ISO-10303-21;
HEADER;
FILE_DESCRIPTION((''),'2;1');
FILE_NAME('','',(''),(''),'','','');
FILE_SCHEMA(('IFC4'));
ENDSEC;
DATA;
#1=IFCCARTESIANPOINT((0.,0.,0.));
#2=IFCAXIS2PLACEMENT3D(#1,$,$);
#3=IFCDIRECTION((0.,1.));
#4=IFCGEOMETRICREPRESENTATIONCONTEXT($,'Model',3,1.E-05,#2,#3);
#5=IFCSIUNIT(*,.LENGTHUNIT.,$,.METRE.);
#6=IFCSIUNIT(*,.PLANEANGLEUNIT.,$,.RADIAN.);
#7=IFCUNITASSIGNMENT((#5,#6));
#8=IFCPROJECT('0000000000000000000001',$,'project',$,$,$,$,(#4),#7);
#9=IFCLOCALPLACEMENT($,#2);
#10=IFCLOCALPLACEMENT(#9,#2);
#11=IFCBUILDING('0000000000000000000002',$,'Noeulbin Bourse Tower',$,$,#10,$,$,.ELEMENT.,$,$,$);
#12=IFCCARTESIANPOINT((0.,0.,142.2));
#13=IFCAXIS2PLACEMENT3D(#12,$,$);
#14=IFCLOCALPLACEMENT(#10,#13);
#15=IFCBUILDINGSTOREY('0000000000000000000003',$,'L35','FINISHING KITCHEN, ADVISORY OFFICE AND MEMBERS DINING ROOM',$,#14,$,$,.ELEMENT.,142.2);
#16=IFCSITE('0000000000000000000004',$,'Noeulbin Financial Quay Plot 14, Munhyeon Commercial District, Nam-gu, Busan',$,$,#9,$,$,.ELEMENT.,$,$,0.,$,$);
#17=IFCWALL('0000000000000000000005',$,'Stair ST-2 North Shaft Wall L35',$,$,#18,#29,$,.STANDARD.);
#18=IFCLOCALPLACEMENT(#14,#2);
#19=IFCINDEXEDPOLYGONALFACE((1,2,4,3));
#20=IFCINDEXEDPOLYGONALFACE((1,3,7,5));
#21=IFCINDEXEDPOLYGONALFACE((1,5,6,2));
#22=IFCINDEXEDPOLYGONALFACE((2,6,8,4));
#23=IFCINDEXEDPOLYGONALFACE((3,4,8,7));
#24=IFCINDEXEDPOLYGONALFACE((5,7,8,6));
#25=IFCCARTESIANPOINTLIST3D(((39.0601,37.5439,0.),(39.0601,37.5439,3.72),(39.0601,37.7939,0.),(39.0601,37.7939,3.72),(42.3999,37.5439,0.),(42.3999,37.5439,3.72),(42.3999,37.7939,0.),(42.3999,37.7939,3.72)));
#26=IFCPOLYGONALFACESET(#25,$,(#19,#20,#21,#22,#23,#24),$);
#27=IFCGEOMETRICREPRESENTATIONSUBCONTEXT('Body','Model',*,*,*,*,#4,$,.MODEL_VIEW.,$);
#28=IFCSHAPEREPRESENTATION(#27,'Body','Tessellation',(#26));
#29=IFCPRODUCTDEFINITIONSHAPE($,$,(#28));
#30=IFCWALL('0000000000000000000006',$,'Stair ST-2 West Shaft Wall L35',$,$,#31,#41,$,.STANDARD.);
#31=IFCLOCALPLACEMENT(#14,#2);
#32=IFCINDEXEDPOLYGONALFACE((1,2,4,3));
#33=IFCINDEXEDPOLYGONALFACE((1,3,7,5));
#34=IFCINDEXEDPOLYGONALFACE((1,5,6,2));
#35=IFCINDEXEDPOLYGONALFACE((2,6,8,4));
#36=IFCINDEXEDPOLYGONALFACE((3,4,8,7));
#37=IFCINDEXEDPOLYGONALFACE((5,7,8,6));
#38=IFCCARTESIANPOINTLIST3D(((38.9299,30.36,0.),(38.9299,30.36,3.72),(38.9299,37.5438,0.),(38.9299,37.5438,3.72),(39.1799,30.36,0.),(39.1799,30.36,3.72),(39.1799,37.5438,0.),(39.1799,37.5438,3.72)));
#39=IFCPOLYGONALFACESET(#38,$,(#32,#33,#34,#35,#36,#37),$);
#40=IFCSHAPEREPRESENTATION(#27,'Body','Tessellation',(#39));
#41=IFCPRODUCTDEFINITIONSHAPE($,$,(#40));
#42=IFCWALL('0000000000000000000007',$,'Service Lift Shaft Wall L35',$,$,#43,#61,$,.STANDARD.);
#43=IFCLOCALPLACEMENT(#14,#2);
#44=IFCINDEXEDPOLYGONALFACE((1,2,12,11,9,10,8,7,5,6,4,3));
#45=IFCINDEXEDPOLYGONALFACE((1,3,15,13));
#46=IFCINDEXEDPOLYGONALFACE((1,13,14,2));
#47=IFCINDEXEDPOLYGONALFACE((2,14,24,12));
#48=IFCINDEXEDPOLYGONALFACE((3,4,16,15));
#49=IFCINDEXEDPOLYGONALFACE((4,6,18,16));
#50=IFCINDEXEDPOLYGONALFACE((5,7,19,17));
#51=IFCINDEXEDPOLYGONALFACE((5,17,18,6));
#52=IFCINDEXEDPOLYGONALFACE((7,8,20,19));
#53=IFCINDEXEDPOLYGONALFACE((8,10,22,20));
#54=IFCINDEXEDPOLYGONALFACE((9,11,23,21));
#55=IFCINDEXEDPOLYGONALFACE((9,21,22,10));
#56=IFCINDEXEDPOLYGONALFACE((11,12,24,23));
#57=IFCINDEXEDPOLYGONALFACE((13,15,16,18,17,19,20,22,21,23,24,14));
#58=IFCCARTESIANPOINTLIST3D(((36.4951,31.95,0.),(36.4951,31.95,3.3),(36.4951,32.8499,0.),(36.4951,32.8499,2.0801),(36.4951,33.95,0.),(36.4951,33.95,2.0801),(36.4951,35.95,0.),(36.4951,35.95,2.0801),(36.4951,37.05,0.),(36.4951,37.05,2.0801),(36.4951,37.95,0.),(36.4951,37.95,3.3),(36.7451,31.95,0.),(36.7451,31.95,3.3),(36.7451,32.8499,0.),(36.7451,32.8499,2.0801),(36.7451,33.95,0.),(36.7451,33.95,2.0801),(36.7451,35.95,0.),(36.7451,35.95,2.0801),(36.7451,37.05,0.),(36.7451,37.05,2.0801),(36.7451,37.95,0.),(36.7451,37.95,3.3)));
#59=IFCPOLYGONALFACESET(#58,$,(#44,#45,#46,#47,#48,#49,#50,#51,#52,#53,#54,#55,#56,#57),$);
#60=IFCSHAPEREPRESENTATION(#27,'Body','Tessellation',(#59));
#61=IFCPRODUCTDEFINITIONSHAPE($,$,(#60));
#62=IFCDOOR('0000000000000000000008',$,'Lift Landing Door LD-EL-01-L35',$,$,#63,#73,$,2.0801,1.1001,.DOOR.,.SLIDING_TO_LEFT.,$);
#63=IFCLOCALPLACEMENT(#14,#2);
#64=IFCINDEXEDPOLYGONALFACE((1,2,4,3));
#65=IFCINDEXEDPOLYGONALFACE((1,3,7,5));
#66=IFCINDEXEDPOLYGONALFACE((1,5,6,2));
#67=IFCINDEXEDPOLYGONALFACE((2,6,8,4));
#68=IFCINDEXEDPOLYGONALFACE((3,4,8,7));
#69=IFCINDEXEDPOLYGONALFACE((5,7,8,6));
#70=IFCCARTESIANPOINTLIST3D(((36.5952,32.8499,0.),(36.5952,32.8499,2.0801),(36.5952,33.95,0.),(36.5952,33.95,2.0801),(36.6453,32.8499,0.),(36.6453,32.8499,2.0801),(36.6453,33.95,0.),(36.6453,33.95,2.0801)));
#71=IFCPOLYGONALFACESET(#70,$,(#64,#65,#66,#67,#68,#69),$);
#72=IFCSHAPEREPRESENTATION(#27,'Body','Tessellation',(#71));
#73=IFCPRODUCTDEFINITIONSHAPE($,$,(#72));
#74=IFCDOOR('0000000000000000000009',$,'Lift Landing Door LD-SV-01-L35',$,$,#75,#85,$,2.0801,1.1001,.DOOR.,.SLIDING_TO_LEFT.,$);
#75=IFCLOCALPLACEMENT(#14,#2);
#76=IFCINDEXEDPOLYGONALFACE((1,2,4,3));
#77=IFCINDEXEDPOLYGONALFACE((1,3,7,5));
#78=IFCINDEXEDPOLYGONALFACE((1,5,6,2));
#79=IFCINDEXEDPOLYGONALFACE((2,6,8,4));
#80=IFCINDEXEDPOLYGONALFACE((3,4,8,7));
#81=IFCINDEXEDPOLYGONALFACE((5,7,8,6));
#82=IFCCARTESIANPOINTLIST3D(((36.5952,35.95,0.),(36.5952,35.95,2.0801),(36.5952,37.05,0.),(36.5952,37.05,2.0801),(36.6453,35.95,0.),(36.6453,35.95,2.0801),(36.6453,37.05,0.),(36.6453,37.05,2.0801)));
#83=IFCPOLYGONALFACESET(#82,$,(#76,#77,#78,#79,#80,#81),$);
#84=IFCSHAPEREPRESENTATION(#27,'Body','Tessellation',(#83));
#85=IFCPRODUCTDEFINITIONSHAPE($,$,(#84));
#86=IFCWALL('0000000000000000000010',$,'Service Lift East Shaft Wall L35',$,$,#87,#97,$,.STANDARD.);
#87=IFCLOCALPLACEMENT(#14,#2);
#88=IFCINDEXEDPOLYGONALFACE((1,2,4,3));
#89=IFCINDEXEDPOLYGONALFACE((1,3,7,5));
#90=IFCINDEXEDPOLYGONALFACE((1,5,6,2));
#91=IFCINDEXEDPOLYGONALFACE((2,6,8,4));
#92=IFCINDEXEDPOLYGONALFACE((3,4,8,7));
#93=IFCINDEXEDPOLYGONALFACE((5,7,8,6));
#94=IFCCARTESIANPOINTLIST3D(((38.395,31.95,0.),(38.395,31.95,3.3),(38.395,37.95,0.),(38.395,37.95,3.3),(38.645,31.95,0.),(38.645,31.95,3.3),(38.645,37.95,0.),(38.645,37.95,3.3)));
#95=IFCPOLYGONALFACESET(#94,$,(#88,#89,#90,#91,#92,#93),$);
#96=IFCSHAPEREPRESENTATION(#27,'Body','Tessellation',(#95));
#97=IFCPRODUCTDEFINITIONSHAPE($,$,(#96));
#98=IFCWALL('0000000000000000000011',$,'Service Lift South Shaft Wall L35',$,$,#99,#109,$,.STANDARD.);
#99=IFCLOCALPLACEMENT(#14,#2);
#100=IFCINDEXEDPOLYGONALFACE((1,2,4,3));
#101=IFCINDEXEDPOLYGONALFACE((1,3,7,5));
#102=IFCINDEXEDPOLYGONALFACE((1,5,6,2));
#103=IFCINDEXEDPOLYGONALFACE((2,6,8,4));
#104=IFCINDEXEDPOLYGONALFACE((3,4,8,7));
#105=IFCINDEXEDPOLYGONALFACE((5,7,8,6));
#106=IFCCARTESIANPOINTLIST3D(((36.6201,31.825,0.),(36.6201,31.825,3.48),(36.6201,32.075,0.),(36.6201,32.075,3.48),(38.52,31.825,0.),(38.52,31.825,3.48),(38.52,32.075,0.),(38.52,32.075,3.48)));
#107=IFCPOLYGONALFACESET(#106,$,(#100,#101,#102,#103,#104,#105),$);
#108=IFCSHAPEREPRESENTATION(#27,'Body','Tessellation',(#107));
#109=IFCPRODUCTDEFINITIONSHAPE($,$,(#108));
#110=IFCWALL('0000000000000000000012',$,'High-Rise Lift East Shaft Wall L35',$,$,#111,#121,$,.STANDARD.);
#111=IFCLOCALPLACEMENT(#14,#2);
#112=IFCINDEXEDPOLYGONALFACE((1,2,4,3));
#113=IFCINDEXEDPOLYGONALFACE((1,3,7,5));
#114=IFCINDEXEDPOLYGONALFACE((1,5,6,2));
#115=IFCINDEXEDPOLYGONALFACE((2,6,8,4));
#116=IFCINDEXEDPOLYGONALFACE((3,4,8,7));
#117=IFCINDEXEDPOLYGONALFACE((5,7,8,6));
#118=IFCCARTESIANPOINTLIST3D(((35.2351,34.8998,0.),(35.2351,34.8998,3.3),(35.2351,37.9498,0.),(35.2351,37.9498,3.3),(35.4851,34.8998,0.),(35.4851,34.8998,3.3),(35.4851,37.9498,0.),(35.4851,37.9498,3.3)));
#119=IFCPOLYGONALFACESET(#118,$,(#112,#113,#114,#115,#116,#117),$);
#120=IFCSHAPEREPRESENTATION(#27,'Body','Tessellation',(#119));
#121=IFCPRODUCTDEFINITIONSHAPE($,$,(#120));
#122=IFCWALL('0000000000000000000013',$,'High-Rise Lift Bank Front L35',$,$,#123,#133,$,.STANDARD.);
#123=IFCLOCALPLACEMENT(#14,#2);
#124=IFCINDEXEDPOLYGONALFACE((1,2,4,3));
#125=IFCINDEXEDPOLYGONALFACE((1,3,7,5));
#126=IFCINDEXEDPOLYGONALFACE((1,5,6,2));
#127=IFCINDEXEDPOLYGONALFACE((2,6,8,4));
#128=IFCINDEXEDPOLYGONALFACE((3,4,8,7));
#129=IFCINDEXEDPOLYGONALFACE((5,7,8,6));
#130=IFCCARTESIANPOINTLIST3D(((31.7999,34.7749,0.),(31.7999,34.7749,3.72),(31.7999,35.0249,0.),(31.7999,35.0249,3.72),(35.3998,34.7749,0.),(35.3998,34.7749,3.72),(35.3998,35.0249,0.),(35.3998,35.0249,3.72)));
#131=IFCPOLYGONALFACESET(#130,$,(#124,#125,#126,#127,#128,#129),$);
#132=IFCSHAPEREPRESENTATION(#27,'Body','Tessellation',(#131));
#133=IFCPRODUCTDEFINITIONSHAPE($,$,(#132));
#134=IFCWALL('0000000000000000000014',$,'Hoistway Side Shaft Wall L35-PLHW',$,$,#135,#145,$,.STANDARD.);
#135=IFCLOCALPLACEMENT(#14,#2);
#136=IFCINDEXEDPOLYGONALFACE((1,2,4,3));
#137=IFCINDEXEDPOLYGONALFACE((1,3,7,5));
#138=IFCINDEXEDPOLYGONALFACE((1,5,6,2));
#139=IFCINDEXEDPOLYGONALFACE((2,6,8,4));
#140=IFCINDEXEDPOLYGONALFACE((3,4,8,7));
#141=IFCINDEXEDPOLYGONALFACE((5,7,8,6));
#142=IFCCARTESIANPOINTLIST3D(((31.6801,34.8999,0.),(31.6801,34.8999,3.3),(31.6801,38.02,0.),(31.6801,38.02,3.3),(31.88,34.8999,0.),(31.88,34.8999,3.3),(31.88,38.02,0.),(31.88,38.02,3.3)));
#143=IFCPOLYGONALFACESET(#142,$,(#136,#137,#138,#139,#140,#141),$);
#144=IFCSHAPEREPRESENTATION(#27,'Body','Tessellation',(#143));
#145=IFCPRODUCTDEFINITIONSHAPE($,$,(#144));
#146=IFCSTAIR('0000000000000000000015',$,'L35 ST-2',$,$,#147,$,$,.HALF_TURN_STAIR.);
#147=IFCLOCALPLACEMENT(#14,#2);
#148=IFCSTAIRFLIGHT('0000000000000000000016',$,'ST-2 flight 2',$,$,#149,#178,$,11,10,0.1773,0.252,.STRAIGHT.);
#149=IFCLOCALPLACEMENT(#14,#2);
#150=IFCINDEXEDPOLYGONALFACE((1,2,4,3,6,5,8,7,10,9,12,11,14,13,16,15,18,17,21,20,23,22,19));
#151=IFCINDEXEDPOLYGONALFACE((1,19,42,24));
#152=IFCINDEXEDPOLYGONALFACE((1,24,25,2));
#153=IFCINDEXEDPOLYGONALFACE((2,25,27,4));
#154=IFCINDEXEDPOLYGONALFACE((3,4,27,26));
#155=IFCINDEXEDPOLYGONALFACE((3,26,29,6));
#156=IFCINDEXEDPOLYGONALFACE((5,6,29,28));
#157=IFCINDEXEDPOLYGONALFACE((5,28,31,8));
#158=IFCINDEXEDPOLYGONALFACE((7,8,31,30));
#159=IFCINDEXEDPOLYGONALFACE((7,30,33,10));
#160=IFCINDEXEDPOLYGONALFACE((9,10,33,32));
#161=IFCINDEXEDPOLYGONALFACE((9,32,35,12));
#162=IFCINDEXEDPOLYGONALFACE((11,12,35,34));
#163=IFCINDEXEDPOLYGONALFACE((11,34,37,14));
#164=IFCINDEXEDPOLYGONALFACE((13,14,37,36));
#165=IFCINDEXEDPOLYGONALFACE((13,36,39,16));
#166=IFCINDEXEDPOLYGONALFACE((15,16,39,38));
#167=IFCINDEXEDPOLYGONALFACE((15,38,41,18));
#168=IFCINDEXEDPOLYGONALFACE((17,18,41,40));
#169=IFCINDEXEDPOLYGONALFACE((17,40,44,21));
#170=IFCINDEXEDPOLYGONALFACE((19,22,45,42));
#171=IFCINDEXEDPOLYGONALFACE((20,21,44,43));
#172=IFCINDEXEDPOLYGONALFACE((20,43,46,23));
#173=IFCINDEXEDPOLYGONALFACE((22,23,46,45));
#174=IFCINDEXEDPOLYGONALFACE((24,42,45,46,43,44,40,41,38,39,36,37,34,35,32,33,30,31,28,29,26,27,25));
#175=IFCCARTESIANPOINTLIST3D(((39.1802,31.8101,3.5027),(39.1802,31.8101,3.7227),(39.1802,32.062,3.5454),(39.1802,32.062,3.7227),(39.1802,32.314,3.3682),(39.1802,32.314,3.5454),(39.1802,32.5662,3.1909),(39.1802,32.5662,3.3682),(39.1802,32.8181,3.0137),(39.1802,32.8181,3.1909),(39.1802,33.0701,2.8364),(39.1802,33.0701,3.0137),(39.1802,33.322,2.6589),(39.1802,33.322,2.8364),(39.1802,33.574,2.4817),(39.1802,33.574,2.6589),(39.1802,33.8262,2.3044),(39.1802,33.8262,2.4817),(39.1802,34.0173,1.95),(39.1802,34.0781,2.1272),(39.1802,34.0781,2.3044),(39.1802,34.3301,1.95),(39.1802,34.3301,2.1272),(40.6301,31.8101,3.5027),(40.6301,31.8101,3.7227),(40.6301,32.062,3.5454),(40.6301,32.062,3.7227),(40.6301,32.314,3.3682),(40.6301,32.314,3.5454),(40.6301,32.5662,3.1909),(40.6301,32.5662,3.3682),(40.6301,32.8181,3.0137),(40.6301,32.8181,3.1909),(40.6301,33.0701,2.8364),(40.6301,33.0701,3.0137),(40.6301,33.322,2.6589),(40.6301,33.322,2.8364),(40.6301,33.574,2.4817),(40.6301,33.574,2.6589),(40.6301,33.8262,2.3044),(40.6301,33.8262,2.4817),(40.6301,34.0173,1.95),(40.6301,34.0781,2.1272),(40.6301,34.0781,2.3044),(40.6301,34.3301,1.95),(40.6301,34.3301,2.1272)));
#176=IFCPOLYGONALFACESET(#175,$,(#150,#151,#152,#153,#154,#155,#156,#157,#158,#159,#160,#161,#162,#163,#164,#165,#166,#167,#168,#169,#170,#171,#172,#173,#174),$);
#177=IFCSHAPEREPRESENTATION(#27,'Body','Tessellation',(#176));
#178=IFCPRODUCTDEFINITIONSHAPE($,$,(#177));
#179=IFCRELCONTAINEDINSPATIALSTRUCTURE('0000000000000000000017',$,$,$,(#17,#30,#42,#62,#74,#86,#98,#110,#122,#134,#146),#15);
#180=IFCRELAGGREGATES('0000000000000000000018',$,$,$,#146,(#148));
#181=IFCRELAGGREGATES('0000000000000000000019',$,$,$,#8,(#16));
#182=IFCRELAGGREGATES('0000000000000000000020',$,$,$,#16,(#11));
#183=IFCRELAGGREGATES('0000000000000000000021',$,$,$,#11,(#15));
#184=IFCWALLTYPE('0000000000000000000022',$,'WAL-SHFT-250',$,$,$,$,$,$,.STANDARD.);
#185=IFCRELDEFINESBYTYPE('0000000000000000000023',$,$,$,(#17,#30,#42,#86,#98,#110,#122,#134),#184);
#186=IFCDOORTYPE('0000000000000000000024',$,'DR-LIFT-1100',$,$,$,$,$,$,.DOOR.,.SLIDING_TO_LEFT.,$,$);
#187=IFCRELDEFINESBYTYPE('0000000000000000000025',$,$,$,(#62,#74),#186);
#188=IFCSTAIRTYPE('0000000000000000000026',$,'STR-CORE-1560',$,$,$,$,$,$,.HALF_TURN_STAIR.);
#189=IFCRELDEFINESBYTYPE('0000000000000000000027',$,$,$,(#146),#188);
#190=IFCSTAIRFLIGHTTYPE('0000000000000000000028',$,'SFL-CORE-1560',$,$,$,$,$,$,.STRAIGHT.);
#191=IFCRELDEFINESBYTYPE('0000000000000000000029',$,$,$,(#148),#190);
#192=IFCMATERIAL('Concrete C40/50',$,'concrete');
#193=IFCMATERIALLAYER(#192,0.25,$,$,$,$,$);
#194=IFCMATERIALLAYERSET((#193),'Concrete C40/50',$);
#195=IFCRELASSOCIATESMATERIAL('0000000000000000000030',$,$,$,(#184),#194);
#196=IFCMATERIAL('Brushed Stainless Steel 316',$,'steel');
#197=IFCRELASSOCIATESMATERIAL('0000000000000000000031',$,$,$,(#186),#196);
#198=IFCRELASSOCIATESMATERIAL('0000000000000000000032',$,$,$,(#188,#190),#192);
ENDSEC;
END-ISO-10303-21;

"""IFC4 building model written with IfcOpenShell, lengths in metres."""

from ifc_helpers import new_model, si_unit, direction, frame, frame_2d, origin, place, context, subcontext, project, spatial, polyline, rectangle, outline, extrude, material, layer, layer_set, type_object, element, fill, aggregate, save


model = new_model("IFC4")

# Units and contexts
model_context = context("Model", 3, precision=1e-05, world=origin(), true_north=direction((0.0, 1.0)))
body_context = subcontext(model_context, "Body", "Model", "MODEL_VIEW")
ifc_project = project(units=[si_unit("LENGTHUNIT", "METRE"), si_unit("PLANEANGLEUNIT", "RADIAN")], contexts=[model_context])

# Site, building, storey
site_placement = place(None, origin())
site = spatial("IfcSite", under=ifc_project, at=site_placement, Name="Noeulbin Financial Quay Plot 14, Munhyeon Commercial District, Nam-gu, Busan", CompositionType="ELEMENT", RefElevation=0.0)
building_placement = place(site_placement, origin())
building = spatial("IfcBuilding", under=site, at=building_placement, Name="Noeulbin Bourse Tower", CompositionType="ELEMENT")
storey_placement = place(building_placement, frame((0.0, 0.0, 142.2)))
storey = spatial("IfcBuildingStorey", under=building, at=storey_placement, Name="L35", Description="FINISHING KITCHEN, ADVISORY OFFICE AND MEMBERS DINING ROOM", CompositionType="ELEMENT", Elevation=142.2)

# Shared definitions
ifc_material_1 = material(Name="Concrete C40/50", Category="concrete")

# Shared definitions
ifc_layer_1 = layer(ifc_material_1, 0.25)
ifc_layer_set_1 = layer_set([ifc_layer_1], Name="Concrete C40/50")
wall_type_1 = type_object("IfcWallType", Name="WAL-SHFT-250", PredefinedType="STANDARD", material=ifc_layer_set_1)

# Walls
wall_1_placement = place(storey_placement, frame((39.0601, 37.6689, 0.0), z_axis=(0.0, 0.0, 1.0), x_axis=(1.0, 0.0, 0.0)))
element("IfcWall", 1, at=wall_1_placement, inside=storey, type_object=wall_type_1, Name="Stair ST-2 North Shaft Wall L35", PredefinedType="STANDARD", context=body_context, shape_type="SweptSolid", body=[
    extrude(rectangle(XDim=3.3398, YDim=0.25, at=frame_2d((1.6699, 0.0))), origin(), (0.0, 0.0, 1.0), 3.72),
])
wall_2_placement = place(storey_placement, frame((39.0549, 30.3601, 0.0), z_axis=(0.0, 0.0, 1.0), x_axis=(0.0, 1.0, 0.0)))
element("IfcWall", 2, at=wall_2_placement, inside=storey, type_object=wall_type_1, Name="Stair ST-2 West Shaft Wall L35", PredefinedType="STANDARD", context=body_context, shape_type="SweptSolid", body=[
    extrude(rectangle(XDim=7.1838, YDim=0.25, at=frame_2d((3.5918, 0.0))), origin(), (0.0, 0.0, 1.0), 3.72),
])

# Wall, openings, doors
wall_3_placement = place(storey_placement, frame((36.6201, 31.95, 0.0), z_axis=(0.0, 0.0, 1.0), x_axis=(0.0, 1.0, 0.0)))
wall_3 = element("IfcWall", 3, at=wall_3_placement, inside=storey, type_object=wall_type_1, Name="Service Lift Shaft Wall L35", PredefinedType="STANDARD", context=body_context, shape_type="SweptSolid", body=[
    extrude(rectangle(XDim=6.0, YDim=0.25, at=frame_2d((3.0, 0.0))), origin(), (0.0, 0.0, 1.0), 3.3),
])
opening_1_placement = place(wall_3_placement, frame((0.8999, 0.0, 0.0)))
opening_1 = element("IfcOpeningElement", 4, at=opening_1_placement, cuts=wall_3, PredefinedType="OPENING", context=body_context, shape_type="SweptSolid", body=[
    extrude(rectangle(XDim=1.1001, YDim=2.0801, at=frame_2d((0.55, 1.04))), frame((0.0, 0.135, 0.0), z_axis=(0.0, -1.0, 0.0), x_axis=(1.0, 0.0, 0.0)), (0.0, 0.0, 1.0), 0.27),
])
opening_2_placement = place(wall_3_placement, frame((4.0, 0.0, 0.0)))
opening_2 = element("IfcOpeningElement", 5, at=opening_2_placement, cuts=wall_3, PredefinedType="OPENING", context=body_context, shape_type="SweptSolid", body=[
    extrude(rectangle(XDim=1.1001, YDim=2.0801, at=frame_2d((0.55, 1.04))), frame((0.0, 0.135, 0.0), z_axis=(0.0, -1.0, 0.0), x_axis=(1.0, 0.0, 0.0)), (0.0, 0.0, 1.0), 0.27),
])
ifc_material_2 = material(Name="Brushed Stainless Steel 316", Category="steel")
door_type_1 = type_object("IfcDoorType", Name="DR-LIFT-1100", OperationType="SLIDING_TO_LEFT", PredefinedType="DOOR", material=ifc_material_2)
door_1_placement = place(opening_1_placement, origin())
door_1 = element("IfcDoor", 6, at=door_1_placement, inside=storey, type_object=door_type_1, Name="Lift Landing Door LD-EL-01-L35", OperationType="SLIDING_TO_LEFT", OverallHeight=2.0801, OverallWidth=1.1001, PredefinedType="DOOR", context=body_context, shape_type="SweptSolid", body=[
    extrude(rectangle(XDim=1.1001, YDim=2.0801, at=frame_2d((0.55, 1.04))), frame((0.0, 0.0249, 0.0), z_axis=(0.0, -1.0, 0.0), x_axis=(1.0, 0.0, 0.0)), (0.0, 0.0, 1.0), 0.05),
])
fill(opening_1, door_1)
door_2_placement = place(opening_2_placement, origin())
door_2 = element("IfcDoor", 7, at=door_2_placement, inside=storey, type_object=door_type_1, Name="Lift Landing Door LD-SV-01-L35", OperationType="SLIDING_TO_LEFT", OverallHeight=2.0801, OverallWidth=1.1001, PredefinedType="DOOR", context=body_context, shape_type="SweptSolid", body=[
    extrude(rectangle(XDim=1.1001, YDim=2.0801, at=frame_2d((0.55, 1.04))), frame((0.0, 0.0249, 0.0), z_axis=(0.0, -1.0, 0.0), x_axis=(1.0, 0.0, 0.0)), (0.0, 0.0, 1.0), 0.05),
])
fill(opening_2, door_2)

# Walls
wall_4_placement = place(storey_placement, frame((38.52, 31.95, 0.0), z_axis=(0.0, 0.0, 1.0), x_axis=(0.0, 1.0, 0.0)))
element("IfcWall", 8, at=wall_4_placement, inside=storey, type_object=wall_type_1, Name="Service Lift East Shaft Wall L35", PredefinedType="STANDARD", context=body_context, shape_type="SweptSolid", body=[
    extrude(rectangle(XDim=6.0, YDim=0.25, at=frame_2d((3.0, 0.0))), origin(), (0.0, 0.0, 1.0), 3.3),
])
wall_5_placement = place(storey_placement, frame((36.6201, 31.95, 0.0), z_axis=(0.0, 0.0, 1.0), x_axis=(1.0, 0.0, 0.0)))
element("IfcWall", 9, at=wall_5_placement, inside=storey, type_object=wall_type_1, Name="Service Lift South Shaft Wall L35", PredefinedType="STANDARD", context=body_context, shape_type="SweptSolid", body=[
    extrude(rectangle(XDim=1.8999, YDim=0.25, at=frame_2d((0.95, 0.0))), origin(), (0.0, 0.0, 1.0), 3.48),
])
wall_6_placement = place(storey_placement, frame((35.3601, 34.8999, 0.0), z_axis=(0.0, 0.0, 1.0), x_axis=(0.0, 1.0, 0.0)))
element("IfcWall", 10, at=wall_6_placement, inside=storey, type_object=wall_type_1, Name="High-Rise Lift East Shaft Wall L35", PredefinedType="STANDARD", context=body_context, shape_type="SweptSolid", body=[
    extrude(rectangle(XDim=3.05, YDim=0.25, at=frame_2d((1.5249, 0.0))), origin(), (0.0, 0.0, 1.0), 3.3),
])
wall_7_placement = place(storey_placement, frame((31.8, 34.8999, 0.0), z_axis=(0.0, 0.0, 1.0), x_axis=(1.0, 0.0, 0.0)))
element("IfcWall", 11, at=wall_7_placement, inside=storey, type_object=wall_type_1, Name="High-Rise Lift Bank Front L35", PredefinedType="STANDARD", context=body_context, shape_type="SweptSolid", body=[
    extrude(rectangle(XDim=3.5999, YDim=0.25, at=frame_2d((1.7998, 0.0))), origin(), (0.0, 0.0, 1.0), 3.72),
])
wall_8_placement = place(storey_placement, frame((31.78, 34.8999, 0.0), z_axis=(0.0, 0.0, 1.0), x_axis=(0.0, 1.0, 0.0)))
element("IfcWall", 12, at=wall_8_placement, inside=storey, type_object=wall_type_1, Name="Hoistway Side Shaft Wall L35-PLHW", PredefinedType="STANDARD", context=body_context, shape_type="SweptSolid", body=[
    extrude(rectangle(XDim=3.1201, YDim=0.2, at=frame_2d((1.5601, 0.0))), origin(), (0.0, 0.0, 1.0), 3.3),
])

# Stair, stair flight
stair_type = type_object("IfcStairType", Name="STR-CORE-1560", PredefinedType="HALF_TURN_STAIR", material=ifc_material_1)
stair_placement = place(storey_placement, origin())
stair = element("IfcStair", 13, at=stair_placement, inside=storey, type_object=stair_type, Name="L35 ST-2", PredefinedType="HALF_TURN_STAIR")
stair_flight_type = type_object("IfcStairFlightType", Name="SFL-CORE-1560", PredefinedType="STRAIGHT", material=ifc_material_1)
stair_flight_placement = place(storey_placement, frame((39.905, 34.3301, 1.95), z_axis=(0.0, 0.0, 1.0), x_axis=(0.0, -1.0, 0.0)))
stair_flight = element("IfcStairFlight", 14, at=stair_flight_placement, type_object=stair_flight_type, Name="ST-2 flight 2", NumberOfRisers=11, NumberOfTreads=10, PredefinedType="STRAIGHT", RiserHeight=0.1773, TreadLength=0.252, context=body_context, shape_type="SweptSolid", body=[
    extrude(outline(polyline([(0.0, 0.0), (0.0, 0.1772), (0.252, 0.1772), (0.252, 0.3545), (0.5039, 0.3545), (0.5039, 0.5317), (0.7561, 0.5317), (0.7561, 0.709), (1.0081, 0.709), (1.0081, 0.8865), (1.26, 0.8865), (1.26, 1.0637), (1.512, 1.0637), (1.512, 1.241), (1.7639, 1.241), (1.7639, 1.4182), (2.0161, 1.4182), (2.0161, 1.5955), (2.2681, 1.5955), (2.2681, 1.7727), (2.52, 1.7727), (2.52, 1.95), (2.52, 1.5527), (0.3127, 0.0), (0.0, 0.0)])), frame((0.0, 0.7251, 0.0), z_axis=(0.0, -1.0, 0.0), x_axis=(1.0, 0.0, 0.0)), (0.0, 0.0, 1.0), 1.45),
])
aggregate(stair, [stair_flight])

save(model, "model.ifc")
